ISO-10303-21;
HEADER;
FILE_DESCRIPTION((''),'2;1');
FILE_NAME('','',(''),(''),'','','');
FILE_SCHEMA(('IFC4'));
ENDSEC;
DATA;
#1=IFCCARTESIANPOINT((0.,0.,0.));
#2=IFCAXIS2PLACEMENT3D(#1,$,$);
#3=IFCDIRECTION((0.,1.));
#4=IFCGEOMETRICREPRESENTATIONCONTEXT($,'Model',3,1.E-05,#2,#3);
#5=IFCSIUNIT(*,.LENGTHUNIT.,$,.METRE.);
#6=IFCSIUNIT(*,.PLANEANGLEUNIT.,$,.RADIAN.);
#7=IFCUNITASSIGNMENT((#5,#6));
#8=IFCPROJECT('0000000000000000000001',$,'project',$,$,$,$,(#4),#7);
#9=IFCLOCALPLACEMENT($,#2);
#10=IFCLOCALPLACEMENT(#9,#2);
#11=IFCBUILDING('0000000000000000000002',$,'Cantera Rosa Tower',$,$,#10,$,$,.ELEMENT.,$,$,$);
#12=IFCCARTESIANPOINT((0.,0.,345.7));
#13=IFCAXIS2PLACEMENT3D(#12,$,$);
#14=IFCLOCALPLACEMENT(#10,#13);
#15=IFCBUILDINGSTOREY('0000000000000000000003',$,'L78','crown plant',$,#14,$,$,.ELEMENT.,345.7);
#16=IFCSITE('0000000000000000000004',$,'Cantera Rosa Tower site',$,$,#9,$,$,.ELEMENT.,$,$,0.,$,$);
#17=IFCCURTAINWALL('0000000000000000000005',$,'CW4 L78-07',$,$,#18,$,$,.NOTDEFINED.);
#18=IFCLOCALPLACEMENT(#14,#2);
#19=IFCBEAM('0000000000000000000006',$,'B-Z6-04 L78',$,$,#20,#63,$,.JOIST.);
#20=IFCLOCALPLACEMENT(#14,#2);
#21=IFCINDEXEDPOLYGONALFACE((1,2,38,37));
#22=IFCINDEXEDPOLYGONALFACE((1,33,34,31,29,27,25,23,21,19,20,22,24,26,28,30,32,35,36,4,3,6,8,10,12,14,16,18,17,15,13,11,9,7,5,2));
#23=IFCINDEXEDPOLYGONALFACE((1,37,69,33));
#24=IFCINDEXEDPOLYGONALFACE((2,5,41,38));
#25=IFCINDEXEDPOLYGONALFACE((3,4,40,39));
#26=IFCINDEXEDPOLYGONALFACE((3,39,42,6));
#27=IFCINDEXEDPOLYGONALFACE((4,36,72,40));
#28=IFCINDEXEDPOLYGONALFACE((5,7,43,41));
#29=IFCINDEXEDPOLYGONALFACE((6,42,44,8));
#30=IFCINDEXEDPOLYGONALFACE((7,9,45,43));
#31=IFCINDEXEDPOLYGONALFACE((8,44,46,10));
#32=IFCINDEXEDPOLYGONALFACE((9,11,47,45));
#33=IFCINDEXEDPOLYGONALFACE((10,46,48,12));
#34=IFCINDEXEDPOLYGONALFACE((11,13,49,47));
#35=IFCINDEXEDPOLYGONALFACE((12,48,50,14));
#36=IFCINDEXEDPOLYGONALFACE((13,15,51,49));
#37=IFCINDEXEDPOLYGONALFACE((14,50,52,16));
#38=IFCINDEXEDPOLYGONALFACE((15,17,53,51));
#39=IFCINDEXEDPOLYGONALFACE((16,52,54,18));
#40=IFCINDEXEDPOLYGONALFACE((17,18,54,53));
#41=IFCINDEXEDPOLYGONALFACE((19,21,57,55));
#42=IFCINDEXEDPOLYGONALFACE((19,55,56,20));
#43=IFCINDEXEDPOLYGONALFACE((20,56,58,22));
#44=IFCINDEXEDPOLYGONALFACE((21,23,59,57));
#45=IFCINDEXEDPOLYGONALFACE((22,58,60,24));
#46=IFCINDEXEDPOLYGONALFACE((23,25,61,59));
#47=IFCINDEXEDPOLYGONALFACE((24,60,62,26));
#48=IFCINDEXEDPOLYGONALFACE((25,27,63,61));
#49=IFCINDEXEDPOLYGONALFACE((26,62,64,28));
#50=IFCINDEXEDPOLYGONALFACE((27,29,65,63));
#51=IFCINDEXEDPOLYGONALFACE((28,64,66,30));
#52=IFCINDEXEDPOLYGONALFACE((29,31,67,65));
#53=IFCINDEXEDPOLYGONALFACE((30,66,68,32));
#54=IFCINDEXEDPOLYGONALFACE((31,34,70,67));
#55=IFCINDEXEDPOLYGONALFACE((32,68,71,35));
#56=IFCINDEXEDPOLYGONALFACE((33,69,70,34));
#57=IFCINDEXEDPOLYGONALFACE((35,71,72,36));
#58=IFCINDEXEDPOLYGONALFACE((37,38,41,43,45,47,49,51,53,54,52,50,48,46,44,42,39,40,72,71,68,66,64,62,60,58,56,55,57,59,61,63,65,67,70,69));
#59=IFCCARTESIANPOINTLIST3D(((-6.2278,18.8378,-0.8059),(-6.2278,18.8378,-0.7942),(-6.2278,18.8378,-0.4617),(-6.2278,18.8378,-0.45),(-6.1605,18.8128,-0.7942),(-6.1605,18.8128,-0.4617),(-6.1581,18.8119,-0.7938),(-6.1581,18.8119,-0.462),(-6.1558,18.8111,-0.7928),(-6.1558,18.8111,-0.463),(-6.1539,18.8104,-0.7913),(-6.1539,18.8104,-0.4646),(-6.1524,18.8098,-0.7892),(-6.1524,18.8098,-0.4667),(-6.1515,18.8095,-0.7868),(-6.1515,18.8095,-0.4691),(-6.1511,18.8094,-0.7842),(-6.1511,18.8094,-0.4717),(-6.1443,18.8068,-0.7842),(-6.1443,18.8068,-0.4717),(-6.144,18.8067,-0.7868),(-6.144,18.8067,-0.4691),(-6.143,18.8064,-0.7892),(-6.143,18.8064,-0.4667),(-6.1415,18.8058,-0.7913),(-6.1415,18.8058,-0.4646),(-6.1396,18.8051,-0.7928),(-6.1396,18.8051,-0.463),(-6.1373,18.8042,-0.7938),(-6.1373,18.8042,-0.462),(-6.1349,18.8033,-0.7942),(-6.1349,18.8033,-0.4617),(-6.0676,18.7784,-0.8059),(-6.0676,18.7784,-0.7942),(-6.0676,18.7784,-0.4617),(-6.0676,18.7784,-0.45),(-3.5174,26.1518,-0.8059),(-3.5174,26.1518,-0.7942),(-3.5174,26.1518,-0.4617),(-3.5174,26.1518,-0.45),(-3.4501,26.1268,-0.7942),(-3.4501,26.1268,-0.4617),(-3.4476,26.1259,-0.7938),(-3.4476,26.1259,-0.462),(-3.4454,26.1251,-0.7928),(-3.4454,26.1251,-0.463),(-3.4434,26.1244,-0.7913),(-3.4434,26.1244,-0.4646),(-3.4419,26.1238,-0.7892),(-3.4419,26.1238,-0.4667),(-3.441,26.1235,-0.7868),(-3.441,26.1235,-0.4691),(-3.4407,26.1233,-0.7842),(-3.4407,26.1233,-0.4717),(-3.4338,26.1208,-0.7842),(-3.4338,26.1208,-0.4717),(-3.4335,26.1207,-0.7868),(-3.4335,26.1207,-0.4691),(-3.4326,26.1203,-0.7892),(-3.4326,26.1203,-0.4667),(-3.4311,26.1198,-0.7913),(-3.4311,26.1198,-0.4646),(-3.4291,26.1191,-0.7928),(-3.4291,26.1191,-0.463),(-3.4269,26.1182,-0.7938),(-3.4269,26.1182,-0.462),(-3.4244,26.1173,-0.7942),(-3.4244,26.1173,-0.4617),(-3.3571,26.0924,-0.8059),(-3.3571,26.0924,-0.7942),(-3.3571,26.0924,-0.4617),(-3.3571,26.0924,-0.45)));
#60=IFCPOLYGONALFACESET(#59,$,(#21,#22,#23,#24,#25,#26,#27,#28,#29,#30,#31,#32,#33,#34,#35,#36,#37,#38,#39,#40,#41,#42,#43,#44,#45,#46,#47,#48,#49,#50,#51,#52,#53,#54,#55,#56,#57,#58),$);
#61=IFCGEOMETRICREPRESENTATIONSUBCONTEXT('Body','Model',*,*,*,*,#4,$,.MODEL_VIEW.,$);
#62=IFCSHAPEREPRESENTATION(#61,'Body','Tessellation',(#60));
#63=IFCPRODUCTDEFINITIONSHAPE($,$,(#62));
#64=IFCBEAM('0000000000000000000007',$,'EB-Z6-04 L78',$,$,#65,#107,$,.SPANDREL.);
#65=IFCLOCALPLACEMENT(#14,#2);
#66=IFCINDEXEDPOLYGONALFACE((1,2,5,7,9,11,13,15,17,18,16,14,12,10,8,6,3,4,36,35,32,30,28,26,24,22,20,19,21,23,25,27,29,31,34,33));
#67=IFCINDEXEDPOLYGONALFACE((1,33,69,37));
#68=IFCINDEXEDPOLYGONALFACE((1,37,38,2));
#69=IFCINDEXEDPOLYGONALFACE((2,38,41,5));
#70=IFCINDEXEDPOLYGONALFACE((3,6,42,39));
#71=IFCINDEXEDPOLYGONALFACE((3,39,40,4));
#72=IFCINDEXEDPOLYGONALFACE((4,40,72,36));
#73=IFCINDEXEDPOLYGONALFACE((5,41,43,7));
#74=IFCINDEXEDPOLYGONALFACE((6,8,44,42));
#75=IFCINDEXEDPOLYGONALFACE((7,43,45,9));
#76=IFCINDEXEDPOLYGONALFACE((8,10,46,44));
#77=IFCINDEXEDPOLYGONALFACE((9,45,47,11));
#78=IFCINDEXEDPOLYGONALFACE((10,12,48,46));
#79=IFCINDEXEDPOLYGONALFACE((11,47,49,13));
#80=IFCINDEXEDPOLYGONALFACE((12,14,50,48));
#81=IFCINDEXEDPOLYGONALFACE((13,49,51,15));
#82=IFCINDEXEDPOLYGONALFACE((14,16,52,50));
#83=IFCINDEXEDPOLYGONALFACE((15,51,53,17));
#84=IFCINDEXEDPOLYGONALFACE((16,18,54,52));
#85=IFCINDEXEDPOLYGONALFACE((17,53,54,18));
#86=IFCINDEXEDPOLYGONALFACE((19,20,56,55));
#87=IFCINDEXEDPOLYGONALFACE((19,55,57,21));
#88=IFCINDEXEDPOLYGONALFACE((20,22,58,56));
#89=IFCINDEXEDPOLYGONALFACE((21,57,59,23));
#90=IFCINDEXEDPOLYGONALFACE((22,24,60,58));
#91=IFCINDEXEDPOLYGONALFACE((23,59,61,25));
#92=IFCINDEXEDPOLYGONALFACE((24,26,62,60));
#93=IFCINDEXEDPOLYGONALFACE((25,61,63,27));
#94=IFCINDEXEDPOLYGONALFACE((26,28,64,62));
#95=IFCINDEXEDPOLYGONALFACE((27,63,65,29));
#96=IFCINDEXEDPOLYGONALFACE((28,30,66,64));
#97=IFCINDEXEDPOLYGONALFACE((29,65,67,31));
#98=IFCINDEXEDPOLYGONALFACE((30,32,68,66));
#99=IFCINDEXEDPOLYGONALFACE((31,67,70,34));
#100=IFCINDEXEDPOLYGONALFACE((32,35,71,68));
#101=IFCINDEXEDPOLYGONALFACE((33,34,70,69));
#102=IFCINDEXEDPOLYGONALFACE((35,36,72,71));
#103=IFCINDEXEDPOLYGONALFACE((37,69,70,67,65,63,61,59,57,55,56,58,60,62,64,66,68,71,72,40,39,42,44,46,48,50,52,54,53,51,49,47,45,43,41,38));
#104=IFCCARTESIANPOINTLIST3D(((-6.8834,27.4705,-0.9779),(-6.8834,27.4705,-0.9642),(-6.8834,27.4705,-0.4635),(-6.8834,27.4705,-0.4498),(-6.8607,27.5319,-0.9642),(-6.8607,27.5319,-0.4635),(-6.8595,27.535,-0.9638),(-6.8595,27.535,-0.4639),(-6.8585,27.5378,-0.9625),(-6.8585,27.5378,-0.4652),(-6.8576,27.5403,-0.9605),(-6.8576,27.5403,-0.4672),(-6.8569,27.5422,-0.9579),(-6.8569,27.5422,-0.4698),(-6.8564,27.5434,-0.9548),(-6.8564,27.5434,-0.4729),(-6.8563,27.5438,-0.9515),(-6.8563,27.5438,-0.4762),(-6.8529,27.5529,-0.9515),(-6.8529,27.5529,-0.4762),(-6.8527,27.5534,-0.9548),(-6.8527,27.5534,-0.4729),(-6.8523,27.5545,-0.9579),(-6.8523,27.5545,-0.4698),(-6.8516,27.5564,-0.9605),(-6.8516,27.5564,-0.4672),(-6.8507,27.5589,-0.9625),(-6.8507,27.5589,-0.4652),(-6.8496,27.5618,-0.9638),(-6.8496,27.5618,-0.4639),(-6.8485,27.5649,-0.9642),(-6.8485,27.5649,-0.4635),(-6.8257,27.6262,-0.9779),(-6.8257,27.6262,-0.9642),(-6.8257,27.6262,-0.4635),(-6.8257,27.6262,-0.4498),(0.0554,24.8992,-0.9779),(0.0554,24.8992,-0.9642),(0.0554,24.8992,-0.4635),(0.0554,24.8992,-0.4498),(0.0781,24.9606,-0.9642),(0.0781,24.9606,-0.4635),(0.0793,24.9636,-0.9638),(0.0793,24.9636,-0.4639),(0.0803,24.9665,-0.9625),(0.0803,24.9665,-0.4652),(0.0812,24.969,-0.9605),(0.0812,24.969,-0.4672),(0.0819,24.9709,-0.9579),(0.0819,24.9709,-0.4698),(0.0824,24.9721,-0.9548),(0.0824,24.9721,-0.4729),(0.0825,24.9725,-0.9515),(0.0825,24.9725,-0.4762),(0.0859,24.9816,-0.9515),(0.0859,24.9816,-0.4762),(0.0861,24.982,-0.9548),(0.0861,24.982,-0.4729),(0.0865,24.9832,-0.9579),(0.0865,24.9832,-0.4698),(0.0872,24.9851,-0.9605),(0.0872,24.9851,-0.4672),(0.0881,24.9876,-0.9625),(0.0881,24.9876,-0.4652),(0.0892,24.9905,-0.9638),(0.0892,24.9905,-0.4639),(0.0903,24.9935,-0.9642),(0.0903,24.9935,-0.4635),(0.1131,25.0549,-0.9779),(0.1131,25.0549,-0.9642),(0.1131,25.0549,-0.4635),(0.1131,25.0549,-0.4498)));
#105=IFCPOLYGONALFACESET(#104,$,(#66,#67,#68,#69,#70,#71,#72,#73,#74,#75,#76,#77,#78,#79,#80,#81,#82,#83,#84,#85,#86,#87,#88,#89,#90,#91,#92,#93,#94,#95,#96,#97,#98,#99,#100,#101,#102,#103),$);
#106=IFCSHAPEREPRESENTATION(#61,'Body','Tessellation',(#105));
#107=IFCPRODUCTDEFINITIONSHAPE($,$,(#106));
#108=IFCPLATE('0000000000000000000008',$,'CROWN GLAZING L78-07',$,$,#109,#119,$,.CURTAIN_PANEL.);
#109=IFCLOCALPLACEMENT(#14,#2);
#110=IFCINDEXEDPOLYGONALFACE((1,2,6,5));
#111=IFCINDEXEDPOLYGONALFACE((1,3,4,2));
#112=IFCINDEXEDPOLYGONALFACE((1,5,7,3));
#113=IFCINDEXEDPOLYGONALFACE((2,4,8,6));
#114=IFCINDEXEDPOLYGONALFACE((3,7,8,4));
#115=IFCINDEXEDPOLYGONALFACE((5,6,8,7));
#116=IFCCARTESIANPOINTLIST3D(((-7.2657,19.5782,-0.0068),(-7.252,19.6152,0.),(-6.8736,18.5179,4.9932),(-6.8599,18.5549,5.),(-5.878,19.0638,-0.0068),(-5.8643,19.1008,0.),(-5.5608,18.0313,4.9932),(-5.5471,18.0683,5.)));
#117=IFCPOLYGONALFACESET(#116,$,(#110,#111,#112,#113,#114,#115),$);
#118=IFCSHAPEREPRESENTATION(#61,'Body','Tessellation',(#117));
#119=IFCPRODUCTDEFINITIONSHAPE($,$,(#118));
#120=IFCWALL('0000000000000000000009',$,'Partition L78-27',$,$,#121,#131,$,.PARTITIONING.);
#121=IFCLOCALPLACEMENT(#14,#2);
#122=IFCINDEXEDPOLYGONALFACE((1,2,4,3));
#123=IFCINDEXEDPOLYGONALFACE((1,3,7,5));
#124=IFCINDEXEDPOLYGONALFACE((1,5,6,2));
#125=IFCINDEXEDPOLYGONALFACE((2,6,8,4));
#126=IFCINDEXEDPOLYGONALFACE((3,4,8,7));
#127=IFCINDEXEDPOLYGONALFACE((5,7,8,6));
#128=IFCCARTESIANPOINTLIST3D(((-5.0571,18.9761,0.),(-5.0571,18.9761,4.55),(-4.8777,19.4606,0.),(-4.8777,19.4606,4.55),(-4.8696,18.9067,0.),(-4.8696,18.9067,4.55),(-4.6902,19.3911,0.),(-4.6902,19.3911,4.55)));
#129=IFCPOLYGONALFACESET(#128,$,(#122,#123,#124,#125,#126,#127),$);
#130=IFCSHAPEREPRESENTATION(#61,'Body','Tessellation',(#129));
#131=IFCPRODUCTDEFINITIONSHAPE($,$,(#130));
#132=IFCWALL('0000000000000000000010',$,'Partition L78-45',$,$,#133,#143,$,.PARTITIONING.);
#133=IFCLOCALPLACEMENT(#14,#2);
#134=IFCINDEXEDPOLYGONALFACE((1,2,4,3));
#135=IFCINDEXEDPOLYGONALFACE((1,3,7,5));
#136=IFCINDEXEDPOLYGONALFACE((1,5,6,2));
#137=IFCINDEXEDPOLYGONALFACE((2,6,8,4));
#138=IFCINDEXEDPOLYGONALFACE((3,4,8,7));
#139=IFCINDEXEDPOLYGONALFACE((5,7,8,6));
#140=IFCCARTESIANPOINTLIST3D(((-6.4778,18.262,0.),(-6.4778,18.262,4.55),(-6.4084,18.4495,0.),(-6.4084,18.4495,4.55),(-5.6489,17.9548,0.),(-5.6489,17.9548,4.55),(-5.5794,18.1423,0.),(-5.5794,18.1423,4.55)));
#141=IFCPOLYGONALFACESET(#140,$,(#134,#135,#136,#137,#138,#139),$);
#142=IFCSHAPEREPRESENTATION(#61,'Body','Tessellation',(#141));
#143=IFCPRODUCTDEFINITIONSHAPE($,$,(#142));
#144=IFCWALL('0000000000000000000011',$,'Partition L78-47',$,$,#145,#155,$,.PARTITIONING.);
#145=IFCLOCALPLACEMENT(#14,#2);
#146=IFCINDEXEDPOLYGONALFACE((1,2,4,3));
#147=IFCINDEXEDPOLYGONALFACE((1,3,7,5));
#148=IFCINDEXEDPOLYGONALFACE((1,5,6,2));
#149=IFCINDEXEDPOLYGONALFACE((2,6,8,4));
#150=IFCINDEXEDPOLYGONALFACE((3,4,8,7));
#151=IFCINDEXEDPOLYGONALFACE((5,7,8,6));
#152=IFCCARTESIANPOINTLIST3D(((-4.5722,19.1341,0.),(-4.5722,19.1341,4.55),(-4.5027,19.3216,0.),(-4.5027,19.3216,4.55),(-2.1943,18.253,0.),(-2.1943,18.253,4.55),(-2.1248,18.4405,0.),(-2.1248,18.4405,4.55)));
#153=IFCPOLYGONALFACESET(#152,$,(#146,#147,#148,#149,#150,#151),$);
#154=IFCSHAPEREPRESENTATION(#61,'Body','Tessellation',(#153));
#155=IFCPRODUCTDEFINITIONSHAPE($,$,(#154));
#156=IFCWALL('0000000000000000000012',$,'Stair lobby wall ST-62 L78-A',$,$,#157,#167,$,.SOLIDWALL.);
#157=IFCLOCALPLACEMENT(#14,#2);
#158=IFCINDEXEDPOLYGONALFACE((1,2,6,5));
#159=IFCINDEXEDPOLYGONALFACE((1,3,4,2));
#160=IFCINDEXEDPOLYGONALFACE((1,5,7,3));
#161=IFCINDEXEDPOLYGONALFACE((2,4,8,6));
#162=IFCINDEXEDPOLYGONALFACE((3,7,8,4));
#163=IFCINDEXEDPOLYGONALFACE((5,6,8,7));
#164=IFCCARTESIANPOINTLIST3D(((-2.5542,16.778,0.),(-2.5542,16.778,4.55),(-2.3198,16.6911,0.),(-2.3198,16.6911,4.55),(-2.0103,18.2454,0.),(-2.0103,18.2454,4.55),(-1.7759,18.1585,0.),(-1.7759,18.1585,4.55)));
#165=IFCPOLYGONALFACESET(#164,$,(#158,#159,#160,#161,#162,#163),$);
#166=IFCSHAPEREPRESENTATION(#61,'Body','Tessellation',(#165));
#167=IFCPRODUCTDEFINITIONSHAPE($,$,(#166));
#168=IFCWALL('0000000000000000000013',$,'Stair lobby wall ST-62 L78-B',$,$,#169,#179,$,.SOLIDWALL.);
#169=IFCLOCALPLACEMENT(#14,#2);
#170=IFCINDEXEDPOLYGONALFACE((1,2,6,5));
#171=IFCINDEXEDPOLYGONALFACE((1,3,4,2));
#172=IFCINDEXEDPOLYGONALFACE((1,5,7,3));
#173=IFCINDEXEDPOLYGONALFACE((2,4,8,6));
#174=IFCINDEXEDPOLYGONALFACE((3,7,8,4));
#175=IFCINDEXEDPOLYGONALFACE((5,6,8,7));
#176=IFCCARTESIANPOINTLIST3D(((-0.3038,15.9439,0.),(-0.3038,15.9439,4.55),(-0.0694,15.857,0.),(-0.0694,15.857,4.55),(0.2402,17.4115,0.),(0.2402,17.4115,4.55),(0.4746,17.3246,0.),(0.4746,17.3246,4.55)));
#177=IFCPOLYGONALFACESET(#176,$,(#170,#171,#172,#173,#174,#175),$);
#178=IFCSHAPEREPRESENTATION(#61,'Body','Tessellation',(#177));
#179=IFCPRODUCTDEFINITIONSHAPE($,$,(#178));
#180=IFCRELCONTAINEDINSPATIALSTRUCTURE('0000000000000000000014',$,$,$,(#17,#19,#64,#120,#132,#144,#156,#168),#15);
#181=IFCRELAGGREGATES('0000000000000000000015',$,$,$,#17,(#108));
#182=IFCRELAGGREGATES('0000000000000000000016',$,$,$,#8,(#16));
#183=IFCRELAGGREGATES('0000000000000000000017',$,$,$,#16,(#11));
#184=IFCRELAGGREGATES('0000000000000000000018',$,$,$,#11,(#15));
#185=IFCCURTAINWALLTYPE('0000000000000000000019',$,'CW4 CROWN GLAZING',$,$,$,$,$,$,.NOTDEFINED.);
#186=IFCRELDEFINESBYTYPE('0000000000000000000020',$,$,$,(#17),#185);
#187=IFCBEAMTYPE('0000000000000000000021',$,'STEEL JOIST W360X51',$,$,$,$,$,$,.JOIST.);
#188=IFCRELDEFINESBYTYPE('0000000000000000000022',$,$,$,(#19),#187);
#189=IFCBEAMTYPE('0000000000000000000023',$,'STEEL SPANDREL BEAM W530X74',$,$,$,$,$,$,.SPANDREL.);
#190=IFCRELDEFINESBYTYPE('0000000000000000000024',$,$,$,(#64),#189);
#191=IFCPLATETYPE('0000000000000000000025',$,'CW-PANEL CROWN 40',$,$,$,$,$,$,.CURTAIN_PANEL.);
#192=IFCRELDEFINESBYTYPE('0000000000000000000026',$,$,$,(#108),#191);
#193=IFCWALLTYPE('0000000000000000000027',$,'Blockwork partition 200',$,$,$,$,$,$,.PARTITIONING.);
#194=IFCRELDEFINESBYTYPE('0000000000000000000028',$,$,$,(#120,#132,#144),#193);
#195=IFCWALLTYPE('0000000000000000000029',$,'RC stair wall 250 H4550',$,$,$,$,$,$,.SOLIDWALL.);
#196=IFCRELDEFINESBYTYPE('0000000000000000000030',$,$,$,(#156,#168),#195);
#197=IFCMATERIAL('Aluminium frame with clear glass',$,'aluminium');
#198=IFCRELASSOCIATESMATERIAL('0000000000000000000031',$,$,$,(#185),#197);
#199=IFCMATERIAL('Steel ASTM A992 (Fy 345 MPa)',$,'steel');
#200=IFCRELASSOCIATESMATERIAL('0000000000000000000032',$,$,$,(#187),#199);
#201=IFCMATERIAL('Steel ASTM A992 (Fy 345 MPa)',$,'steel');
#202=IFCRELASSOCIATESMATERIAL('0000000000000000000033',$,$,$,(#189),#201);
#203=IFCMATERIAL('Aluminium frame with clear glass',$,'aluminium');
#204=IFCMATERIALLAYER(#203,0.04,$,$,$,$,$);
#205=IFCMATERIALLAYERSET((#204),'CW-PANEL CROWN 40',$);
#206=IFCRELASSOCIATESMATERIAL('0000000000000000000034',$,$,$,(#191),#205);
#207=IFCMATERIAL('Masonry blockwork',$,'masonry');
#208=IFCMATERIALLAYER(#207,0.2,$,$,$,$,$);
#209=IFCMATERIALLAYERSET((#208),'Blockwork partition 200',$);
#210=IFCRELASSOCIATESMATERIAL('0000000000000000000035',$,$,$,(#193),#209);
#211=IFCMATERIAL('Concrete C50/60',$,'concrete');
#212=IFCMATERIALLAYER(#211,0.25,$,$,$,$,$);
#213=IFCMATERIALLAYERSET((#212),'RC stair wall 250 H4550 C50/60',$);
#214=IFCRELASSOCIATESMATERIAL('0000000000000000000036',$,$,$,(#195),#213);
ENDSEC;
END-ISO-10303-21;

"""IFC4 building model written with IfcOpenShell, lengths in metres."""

from ifc_helpers import new_model, si_unit, direction, frame, frame_2d, origin, origin_2d, place, context, subcontext, project, spatial, polyline, rectangle, i_section, outline, extrude, material, layer, layer_set, material_profile, profile_set, type_object, element, aggregate, save


model = new_model("IFC4")

# Units and contexts
model_context = context("Model", 3, precision=1e-05, world=origin(), true_north=direction((0.0, 1.0)))
body_context = subcontext(model_context, "Body", "Model", "MODEL_VIEW")
ifc_project = project(units=[si_unit("LENGTHUNIT", "METRE"), si_unit("PLANEANGLEUNIT", "RADIAN")], contexts=[model_context])

# Site, building, storey
site_placement = place(None, origin())
site = spatial("IfcSite", under=ifc_project, at=site_placement, Name="Cantera Rosa Tower site", CompositionType="ELEMENT", RefElevation=0.0)
building_placement = place(site_placement, origin())
building = spatial("IfcBuilding", under=site, at=building_placement, Name="Cantera Rosa Tower", CompositionType="ELEMENT")
storey_placement = place(building_placement, frame((0.0, 0.0, 345.7)))
storey = spatial("IfcBuildingStorey", under=building, at=storey_placement, Name="L78", Description="crown plant", CompositionType="ELEMENT", Elevation=345.7)

# Curtain wall
ifc_material_1 = material(Name="Aluminium frame with clear glass", Category="aluminium")
curtain_wall_type = type_object("IfcCurtainWallType", Name="CW4 CROWN GLAZING", PredefinedType="NOTDEFINED", material=ifc_material_1)
curtain_wall_1_placement = place(storey_placement, origin())
curtain_wall_1 = element("IfcCurtainWall", 1, at=curtain_wall_1_placement, inside=storey, type_object=curtain_wall_type, Name="CW4 L78-07", PredefinedType="NOTDEFINED")

# Beams
ifc_material_2 = material(Name="Steel ASTM A992 (Fy 345 MPa)", Category="steel")
ifc_material_profile_1 = material_profile(ifc_material_2, i_section(OverallWidth=0.1709, OverallDepth=0.356, WebThickness=0.0073, FlangeThickness=0.0117, FilletRadius=0.01, at=origin_2d()), Name="W360X51")
ifc_profile_set_1 = profile_set([ifc_material_profile_1], Name="Steel ASTM A992 (Fy 345 MPa)")
beam_type_1 = type_object("IfcBeamType", Name="STEEL JOIST W360X51", PredefinedType="JOIST", material=ifc_profile_set_1)
beam_1_placement = place(storey_placement, frame((-3.4373, 26.1221, -0.6279), z_axis=(-0.347492, -0.937683, 0.0), x_axis=(0.937683, -0.347492, 0.0)))
element("IfcBeam", 2, at=beam_1_placement, inside=storey, type_object=beam_type_1, Name="B-Z6-04 L78", PredefinedType="JOIST", context=body_context, shape_type="SweptSolid", body=[
    extrude(i_section(OverallWidth=0.1709, OverallDepth=0.356, WebThickness=0.0073, FlangeThickness=0.0117, FilletRadius=0.01, at=origin_2d()), origin(), (0.0, 0.0, 1.0), 7.8),
])
ifc_material_3 = material(Name="Steel ASTM A992 (Fy 345 MPa)", Category="steel")
ifc_material_profile_2 = material_profile(ifc_material_3, i_section(OverallWidth=0.166, OverallDepth=0.5281, WebThickness=0.0098, FlangeThickness=0.0137, FilletRadius=0.0127, at=origin_2d()), Name="W530X74")
ifc_profile_set_2 = profile_set([ifc_material_profile_2], Name="Steel ASTM A992 (Fy 345 MPa)")
beam_type_2 = type_object("IfcBeamType", Name="STEEL SPANDREL BEAM W530X74", PredefinedType="SPANDREL", material=ifc_profile_set_2)
beam_2_placement = place(storey_placement, frame((0.0842, 24.9771, -0.7139), z_axis=(-0.937687, 0.34748, 0.0), x_axis=(-0.34748, -0.937687, 0.0)))
element("IfcBeam", 3, at=beam_2_placement, inside=storey, type_object=beam_type_2, Name="EB-Z6-04 L78", PredefinedType="SPANDREL", context=body_context, shape_type="SweptSolid", body=[
    extrude(i_section(OverallWidth=0.166, OverallDepth=0.5281, WebThickness=0.0098, FlangeThickness=0.0137, FilletRadius=0.0127, at=origin_2d()), origin(), (0.0, 0.0, 1.0), 7.3999),
])

# Plate
ifc_material_4 = material(Name="Aluminium frame with clear glass", Category="aluminium")
ifc_layer_1 = layer(ifc_material_4, 0.04)
ifc_layer_set_1 = layer_set([ifc_layer_1], Name="CW-PANEL CROWN 40")
plate_type = type_object("IfcPlateType", Name="CW-PANEL CROWN 40", PredefinedType="CURTAIN_PANEL", material=ifc_layer_set_1)
plate_1_placement = place(storey_placement, frame((-5.8643, 19.1008, 0.0), z_axis=(0.342557, 0.924152, 0.169109), x_axis=(-0.937657, 0.347563, -0.000003)))
plate_1 = element("IfcPlate", 4, at=plate_1_placement, type_object=plate_type, Name="CROWN GLAZING L78-07", PredefinedType="CURTAIN_PANEL", context=body_context, shape_type="SweptSolid", body=[
    extrude(outline(polyline([(0.0, 0.0), (1.48, 0.0), (0.7438, 5.0731), (-0.6562, 5.0731), (0.0, 0.0)])), origin(), (0.0, 0.0, -1.0), 0.04),
])
aggregate(curtain_wall_1, [plate_1])

# Walls
ifc_material_5 = material(Name="Masonry blockwork", Category="masonry")
ifc_layer_2 = layer(ifc_material_5, 0.2)
ifc_layer_set_2 = layer_set([ifc_layer_2], Name="Blockwork partition 200")
wall_type_1 = type_object("IfcWallType", Name="Blockwork partition 200", PredefinedType="PARTITIONING", material=ifc_layer_set_2)
wall_1_placement = place(storey_placement, frame((-4.9634, 18.9414, 0.0), z_axis=(0.0, 0.0, 1.0), x_axis=(0.347391, 0.93772, 0.0)))
element("IfcWall", 5, at=wall_1_placement, inside=storey, type_object=wall_type_1, Name="Partition L78-27", PredefinedType="PARTITIONING", context=body_context, shape_type="SweptSolid", body=[
    extrude(rectangle(XDim=0.5166, YDim=0.2, at=frame_2d((0.2583, 0.0))), origin(), (0.0, 0.0, 1.0), 4.55),
])
wall_2_placement = place(storey_placement, frame((-5.6143, 18.0486, 0.0), z_axis=(0.0, 0.0, 1.0), x_axis=(-0.937695, 0.347458, 0.0)))
element("IfcWall", 6, at=wall_2_placement, inside=storey, type_object=wall_type_1, Name="Partition L78-45", PredefinedType="PARTITIONING", context=body_context, shape_type="SweptSolid", body=[
    extrude(rectangle(XDim=0.884, YDim=0.2, at=frame_2d((0.4419, 0.0))), origin(), (0.0, 0.0, 1.0), 4.55),
])
wall_3_placement = place(storey_placement, frame((-2.1594, 18.3467, 0.0), z_axis=(0.0, 0.0, 1.0), x_axis=(-0.937699, 0.347449, 0.0)))
element("IfcWall", 7, at=wall_3_placement, inside=storey, type_object=wall_type_1, Name="Partition L78-47", PredefinedType="PARTITIONING", context=body_context, shape_type="SweptSolid", body=[
    extrude(rectangle(XDim=2.5359, YDim=0.2, at=frame_2d((1.2681, 0.0))), origin(), (0.0, 0.0, 1.0), 4.55),
])
ifc_material_6 = material(Name="Concrete C50/60", Category="concrete")
ifc_layer_3 = layer(ifc_material_6, 0.25)
ifc_layer_set_3 = layer_set([ifc_layer_3], Name="RC stair wall 250 H4550 C50/60")
wall_type_2 = type_object("IfcWallType", Name="RC stair wall 250 H4550", PredefinedType="SOLIDWALL", material=ifc_layer_set_3)
wall_4_placement = place(storey_placement, frame((-1.8931, 18.2019, 0.0), z_axis=(0.0, 0.0, 1.0), x_axis=(-0.347599, -0.937643, 0.0)))
element("IfcWall", 8, at=wall_4_placement, inside=storey, type_object=wall_type_2, Name="Stair lobby wall ST-62 L78-A", PredefinedType="SOLIDWALL", context=body_context, shape_type="SweptSolid", body=[
    extrude(rectangle(XDim=1.5649, YDim=0.25, at=frame_2d((0.7825, 0.0))), origin(), (0.0, 0.0, 1.0), 4.55),
])
wall_5_placement = place(storey_placement, frame((0.3574, 17.3682, 0.0), z_axis=(0.0, 0.0, 1.0), x_axis=(-0.347548, -0.937662, 0.0)))
element("IfcWall", 9, at=wall_5_placement, inside=storey, type_object=wall_type_2, Name="Stair lobby wall ST-62 L78-B", PredefinedType="SOLIDWALL", context=body_context, shape_type="SweptSolid", body=[
    extrude(rectangle(XDim=1.5652, YDim=0.25, at=frame_2d((0.7827, 0.0))), origin(), (0.0, 0.0, 1.0), 4.55),
])

save(model, "model.ifc")
